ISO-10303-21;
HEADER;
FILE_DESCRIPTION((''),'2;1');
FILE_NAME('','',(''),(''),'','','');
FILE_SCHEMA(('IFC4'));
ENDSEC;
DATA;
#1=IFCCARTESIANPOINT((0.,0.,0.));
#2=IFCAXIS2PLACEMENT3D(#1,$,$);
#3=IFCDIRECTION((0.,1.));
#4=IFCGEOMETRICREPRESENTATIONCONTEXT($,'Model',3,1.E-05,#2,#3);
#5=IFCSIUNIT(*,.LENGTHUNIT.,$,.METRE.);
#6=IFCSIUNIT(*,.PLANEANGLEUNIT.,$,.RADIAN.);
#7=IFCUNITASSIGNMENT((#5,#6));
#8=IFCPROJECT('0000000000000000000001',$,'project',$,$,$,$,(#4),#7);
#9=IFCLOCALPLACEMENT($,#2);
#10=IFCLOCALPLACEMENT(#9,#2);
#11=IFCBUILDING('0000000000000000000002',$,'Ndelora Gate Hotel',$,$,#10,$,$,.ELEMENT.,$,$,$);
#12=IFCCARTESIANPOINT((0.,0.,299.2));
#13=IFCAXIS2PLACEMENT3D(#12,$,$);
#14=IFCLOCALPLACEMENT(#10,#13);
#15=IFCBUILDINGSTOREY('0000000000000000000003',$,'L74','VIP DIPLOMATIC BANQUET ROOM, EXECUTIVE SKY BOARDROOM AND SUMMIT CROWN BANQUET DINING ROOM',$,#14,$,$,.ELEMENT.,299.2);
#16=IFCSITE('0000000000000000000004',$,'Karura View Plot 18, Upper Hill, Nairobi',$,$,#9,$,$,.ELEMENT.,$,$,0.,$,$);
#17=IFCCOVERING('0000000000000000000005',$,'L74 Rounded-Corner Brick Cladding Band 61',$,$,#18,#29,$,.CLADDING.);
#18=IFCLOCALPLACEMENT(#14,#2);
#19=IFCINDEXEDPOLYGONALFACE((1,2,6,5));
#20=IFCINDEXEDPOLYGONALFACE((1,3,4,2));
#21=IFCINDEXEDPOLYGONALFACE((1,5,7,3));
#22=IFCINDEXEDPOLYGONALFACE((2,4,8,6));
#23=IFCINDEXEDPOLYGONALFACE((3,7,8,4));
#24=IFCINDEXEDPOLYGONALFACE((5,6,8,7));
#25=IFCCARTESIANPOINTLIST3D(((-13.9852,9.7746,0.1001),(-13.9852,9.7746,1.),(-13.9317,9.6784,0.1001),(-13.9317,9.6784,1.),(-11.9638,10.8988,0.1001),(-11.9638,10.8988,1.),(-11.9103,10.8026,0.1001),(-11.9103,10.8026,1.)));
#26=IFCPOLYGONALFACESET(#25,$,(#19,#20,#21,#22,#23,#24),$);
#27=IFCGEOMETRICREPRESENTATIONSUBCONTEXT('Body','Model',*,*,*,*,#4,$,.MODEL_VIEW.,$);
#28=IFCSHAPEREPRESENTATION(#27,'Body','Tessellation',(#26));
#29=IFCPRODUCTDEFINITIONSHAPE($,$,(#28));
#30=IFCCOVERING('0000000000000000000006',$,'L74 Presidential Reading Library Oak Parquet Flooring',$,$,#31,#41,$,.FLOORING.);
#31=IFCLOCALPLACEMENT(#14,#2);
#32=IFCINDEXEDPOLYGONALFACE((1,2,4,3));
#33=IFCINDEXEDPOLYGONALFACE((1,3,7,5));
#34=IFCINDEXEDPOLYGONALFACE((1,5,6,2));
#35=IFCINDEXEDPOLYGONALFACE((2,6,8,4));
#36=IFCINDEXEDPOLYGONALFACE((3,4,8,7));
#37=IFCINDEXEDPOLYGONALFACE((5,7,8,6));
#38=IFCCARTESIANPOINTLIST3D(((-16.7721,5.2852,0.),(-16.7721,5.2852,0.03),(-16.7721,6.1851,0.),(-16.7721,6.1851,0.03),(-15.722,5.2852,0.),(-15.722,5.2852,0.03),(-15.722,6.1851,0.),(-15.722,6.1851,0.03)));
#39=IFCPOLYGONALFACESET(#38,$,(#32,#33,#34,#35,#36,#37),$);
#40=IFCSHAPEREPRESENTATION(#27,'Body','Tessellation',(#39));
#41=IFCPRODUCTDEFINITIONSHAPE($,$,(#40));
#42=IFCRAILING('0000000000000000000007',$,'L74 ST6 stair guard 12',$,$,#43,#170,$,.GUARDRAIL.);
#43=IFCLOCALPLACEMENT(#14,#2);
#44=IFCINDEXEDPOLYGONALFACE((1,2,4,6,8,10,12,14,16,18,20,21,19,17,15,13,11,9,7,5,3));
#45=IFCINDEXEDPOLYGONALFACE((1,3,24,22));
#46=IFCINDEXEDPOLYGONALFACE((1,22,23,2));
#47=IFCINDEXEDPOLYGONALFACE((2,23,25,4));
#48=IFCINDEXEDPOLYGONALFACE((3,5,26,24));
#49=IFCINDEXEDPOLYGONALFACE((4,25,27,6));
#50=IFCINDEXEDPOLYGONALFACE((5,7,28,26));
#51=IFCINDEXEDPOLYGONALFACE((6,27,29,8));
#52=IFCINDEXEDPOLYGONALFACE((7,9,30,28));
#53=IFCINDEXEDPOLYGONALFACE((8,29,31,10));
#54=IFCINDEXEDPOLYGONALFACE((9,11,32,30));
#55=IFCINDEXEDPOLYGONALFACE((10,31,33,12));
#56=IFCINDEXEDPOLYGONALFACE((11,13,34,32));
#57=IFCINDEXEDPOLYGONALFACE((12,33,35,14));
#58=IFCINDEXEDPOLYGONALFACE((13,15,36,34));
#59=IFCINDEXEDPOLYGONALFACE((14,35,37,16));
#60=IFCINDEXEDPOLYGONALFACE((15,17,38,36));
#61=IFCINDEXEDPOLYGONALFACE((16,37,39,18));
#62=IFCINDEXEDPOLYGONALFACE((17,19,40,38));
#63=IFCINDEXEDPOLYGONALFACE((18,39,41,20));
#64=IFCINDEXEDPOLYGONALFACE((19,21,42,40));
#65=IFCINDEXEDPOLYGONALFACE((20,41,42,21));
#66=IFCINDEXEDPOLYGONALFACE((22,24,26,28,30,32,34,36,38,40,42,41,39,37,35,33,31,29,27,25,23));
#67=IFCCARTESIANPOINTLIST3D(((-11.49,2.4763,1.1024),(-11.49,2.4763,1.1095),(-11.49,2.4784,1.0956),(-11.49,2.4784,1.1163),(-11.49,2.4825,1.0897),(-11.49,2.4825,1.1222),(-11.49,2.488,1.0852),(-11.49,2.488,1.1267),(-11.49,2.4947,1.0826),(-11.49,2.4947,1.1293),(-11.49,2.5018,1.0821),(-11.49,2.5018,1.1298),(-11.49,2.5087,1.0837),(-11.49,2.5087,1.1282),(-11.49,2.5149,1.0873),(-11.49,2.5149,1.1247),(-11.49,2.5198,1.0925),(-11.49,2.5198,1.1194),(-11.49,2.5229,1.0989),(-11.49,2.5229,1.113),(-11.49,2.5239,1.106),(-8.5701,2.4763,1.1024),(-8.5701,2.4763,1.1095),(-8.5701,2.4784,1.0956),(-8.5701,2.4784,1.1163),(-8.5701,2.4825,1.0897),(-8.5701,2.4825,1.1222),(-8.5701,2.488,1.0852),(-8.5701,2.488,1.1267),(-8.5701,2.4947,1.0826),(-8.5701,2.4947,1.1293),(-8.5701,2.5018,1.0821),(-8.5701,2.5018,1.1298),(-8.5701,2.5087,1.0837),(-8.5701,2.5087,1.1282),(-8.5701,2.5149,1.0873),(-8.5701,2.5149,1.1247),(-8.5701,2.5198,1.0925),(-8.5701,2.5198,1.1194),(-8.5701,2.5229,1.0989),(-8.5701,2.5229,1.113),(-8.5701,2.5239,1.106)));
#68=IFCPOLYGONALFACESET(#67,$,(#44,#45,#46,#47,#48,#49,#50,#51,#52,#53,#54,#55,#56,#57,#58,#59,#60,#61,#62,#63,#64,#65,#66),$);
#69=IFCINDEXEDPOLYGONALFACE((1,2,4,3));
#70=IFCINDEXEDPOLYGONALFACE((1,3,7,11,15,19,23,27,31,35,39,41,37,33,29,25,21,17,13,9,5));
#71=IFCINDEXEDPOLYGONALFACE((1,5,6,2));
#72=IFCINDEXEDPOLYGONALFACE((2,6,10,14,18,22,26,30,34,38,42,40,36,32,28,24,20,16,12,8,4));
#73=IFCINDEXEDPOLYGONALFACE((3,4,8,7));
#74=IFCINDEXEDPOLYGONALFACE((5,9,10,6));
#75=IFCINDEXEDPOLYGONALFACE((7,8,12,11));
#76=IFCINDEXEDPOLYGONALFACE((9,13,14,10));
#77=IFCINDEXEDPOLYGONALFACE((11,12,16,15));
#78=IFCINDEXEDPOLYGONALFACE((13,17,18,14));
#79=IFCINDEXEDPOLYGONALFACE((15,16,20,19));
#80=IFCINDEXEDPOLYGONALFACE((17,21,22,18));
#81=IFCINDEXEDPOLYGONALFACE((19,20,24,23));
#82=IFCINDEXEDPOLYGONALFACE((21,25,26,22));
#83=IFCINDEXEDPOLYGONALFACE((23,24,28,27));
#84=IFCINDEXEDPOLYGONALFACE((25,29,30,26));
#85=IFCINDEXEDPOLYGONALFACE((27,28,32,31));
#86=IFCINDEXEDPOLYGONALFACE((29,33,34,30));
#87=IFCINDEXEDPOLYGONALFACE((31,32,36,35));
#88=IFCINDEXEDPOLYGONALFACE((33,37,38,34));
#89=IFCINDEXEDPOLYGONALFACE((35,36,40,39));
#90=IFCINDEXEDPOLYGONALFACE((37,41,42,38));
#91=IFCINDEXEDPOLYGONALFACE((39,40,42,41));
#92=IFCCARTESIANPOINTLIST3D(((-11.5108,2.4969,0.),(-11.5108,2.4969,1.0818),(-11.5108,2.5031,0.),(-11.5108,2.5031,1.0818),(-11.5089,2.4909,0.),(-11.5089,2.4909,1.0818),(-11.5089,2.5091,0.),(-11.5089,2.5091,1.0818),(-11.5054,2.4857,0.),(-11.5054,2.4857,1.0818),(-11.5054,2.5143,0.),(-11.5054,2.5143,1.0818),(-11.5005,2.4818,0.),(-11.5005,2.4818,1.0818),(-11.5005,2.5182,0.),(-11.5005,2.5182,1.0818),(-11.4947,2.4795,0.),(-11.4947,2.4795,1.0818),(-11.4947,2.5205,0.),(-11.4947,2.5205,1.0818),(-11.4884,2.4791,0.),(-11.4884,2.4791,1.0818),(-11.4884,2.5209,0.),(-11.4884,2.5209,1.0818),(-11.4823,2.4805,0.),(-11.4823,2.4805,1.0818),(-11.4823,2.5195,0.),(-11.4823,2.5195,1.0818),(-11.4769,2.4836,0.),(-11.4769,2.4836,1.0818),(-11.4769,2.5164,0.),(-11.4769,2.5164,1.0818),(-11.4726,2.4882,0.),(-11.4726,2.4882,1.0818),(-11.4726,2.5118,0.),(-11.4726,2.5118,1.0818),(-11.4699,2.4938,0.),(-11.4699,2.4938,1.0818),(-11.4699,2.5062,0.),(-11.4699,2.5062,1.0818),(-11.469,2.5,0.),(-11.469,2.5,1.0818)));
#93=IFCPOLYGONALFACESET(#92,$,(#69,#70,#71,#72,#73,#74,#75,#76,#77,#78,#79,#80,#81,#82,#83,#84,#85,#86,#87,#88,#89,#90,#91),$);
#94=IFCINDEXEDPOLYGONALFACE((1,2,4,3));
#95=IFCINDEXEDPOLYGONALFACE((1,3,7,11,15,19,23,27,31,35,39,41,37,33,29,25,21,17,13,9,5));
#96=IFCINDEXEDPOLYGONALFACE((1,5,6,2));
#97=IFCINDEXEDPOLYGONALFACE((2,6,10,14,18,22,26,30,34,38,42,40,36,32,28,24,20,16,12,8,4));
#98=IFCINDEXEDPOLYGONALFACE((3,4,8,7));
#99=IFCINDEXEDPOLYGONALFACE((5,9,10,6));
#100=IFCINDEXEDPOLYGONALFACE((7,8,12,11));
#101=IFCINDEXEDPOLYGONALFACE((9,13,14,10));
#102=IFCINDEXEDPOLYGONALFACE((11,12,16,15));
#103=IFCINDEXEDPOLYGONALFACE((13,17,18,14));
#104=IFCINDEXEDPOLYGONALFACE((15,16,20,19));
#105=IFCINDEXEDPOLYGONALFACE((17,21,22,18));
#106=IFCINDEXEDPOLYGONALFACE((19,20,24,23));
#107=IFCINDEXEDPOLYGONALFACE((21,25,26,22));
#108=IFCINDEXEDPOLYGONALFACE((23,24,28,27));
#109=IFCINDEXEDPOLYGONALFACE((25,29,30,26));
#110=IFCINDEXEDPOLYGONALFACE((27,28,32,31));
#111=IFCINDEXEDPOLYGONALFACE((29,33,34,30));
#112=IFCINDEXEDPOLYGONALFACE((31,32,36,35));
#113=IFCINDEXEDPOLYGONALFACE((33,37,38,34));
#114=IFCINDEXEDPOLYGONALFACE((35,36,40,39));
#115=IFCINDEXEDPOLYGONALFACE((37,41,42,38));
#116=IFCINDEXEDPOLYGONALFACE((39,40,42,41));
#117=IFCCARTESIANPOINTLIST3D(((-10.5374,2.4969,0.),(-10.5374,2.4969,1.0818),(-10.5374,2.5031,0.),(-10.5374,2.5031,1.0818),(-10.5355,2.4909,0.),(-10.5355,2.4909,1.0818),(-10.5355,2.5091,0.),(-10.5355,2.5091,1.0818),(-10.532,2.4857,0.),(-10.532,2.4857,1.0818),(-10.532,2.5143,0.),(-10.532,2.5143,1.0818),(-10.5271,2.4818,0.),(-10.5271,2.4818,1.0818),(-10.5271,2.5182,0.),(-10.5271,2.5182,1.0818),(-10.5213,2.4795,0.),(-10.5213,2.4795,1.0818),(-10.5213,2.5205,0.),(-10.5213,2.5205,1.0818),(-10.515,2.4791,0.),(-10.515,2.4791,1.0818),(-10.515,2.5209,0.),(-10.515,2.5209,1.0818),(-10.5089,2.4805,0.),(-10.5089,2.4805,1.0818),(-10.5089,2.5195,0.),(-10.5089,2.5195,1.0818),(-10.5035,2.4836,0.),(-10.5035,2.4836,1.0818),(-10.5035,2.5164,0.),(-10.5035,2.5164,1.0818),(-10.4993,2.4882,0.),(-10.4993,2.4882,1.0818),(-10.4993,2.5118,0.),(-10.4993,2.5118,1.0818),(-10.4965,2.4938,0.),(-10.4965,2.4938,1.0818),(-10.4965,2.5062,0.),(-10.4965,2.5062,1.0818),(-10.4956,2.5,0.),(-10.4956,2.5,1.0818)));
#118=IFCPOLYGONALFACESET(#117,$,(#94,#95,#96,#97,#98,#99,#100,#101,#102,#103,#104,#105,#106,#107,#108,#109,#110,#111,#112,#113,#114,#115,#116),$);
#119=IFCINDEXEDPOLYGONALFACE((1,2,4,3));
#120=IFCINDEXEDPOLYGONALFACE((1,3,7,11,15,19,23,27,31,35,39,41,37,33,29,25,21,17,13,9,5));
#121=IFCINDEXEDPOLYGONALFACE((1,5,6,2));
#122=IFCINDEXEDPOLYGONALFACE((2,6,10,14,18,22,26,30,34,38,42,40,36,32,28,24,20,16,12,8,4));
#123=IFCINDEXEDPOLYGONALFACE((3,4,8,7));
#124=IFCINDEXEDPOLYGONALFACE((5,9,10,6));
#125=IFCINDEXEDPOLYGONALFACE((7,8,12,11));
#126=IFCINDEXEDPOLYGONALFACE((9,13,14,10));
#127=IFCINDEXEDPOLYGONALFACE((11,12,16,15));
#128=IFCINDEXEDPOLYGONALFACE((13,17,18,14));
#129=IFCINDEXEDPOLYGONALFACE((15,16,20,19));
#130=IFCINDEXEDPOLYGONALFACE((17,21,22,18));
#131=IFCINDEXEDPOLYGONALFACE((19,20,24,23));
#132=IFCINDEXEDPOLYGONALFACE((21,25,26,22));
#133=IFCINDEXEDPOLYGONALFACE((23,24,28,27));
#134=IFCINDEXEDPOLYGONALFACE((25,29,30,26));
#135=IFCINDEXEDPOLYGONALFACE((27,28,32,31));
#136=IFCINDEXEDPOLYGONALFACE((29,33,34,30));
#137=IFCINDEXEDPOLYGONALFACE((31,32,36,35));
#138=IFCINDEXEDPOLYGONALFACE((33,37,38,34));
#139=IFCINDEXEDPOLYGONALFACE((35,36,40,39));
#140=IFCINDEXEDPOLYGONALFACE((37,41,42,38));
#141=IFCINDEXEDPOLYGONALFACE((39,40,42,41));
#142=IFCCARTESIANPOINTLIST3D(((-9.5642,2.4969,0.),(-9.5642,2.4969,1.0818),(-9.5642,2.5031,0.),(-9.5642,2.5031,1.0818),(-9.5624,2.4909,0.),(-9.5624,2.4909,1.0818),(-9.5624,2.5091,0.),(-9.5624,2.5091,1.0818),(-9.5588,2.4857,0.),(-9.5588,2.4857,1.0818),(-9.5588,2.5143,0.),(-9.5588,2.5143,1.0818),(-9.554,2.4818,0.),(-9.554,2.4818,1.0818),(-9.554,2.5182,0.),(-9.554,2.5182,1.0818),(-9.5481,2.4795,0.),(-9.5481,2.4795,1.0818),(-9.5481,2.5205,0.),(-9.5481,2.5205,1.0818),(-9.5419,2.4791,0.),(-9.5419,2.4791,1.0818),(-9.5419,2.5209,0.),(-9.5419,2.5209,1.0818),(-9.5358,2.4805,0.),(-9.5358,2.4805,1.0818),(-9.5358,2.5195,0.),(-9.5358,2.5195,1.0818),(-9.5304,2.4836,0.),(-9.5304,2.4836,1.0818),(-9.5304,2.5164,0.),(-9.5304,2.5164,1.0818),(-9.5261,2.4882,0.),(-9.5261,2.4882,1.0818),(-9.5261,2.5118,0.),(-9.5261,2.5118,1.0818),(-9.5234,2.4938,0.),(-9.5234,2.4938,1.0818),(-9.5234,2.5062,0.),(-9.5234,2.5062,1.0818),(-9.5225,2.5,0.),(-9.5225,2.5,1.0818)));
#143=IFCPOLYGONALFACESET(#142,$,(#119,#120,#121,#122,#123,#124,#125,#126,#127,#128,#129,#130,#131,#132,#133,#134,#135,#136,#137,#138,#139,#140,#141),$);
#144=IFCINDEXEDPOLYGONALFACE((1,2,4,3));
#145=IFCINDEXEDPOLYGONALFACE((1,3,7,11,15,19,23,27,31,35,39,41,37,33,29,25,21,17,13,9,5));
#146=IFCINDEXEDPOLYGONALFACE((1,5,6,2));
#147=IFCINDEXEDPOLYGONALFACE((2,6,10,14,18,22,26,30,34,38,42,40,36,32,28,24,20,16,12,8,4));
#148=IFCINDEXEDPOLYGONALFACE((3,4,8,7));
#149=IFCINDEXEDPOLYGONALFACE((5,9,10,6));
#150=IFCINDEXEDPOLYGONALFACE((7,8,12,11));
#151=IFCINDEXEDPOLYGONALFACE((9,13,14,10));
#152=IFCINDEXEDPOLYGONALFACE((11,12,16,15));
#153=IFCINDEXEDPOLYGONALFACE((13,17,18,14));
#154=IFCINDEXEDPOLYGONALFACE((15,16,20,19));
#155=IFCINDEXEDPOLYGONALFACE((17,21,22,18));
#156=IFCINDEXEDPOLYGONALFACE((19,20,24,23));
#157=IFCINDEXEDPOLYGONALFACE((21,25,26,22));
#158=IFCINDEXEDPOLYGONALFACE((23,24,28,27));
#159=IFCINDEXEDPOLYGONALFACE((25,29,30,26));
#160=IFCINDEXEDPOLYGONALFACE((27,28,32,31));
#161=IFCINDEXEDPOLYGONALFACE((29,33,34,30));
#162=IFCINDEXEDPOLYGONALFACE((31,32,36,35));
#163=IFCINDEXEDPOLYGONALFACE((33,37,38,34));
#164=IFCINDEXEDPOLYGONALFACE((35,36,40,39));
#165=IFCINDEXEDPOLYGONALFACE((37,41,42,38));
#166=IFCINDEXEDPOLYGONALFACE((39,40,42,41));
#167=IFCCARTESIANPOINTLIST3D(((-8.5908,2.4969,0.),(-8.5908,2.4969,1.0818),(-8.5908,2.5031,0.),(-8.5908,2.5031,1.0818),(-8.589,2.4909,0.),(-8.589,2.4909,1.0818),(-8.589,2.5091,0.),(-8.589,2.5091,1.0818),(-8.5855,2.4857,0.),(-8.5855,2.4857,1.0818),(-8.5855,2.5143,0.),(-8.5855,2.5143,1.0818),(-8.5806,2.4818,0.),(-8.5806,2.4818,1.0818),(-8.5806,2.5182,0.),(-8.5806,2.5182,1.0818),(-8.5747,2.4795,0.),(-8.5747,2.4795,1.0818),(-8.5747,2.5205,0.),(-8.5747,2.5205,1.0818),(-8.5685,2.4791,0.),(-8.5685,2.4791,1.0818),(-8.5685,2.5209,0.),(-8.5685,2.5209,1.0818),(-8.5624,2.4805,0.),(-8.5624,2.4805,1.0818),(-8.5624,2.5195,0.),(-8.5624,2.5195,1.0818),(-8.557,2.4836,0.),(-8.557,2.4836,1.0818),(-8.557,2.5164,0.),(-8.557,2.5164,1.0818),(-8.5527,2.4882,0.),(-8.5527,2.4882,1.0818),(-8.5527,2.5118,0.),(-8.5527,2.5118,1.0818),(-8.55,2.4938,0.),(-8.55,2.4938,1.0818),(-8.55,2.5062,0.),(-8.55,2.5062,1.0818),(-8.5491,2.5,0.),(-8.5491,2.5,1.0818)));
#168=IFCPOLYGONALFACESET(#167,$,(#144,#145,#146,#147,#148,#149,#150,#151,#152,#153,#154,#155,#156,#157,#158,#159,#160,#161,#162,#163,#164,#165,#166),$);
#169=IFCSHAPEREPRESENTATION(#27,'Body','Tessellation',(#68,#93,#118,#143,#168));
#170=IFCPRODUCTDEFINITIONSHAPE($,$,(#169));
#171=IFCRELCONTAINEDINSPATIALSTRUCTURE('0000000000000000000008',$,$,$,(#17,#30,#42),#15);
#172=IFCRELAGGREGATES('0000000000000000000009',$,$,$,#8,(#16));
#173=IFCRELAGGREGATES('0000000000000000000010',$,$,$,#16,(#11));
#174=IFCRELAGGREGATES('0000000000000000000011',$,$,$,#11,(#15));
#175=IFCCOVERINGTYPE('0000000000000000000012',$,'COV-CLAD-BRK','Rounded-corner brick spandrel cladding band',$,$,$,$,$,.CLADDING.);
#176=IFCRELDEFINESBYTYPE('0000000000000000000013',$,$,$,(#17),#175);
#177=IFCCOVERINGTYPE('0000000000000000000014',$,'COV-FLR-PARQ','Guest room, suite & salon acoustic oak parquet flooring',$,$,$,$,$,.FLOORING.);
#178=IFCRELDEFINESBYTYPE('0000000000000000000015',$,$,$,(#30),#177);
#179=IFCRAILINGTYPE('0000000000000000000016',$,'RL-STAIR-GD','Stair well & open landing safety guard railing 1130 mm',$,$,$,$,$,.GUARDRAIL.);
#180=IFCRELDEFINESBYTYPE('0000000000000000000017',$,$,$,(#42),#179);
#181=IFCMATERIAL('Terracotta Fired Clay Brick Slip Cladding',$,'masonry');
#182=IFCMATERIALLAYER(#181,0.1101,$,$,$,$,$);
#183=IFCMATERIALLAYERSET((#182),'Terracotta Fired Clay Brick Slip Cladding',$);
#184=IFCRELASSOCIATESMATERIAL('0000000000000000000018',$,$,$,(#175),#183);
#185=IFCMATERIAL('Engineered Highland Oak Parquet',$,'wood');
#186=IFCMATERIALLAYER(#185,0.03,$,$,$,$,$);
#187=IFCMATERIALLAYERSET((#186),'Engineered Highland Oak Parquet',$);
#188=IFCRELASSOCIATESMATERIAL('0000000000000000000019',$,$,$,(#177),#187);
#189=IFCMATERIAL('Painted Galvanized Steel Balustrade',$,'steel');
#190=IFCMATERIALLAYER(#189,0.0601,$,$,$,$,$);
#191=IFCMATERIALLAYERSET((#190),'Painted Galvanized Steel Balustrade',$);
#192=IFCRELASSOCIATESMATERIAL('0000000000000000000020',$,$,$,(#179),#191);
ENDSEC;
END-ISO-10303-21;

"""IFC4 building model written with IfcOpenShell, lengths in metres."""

from ifc_helpers import new_model, si_unit, direction, frame, origin, origin_2d, place, context, subcontext, project, spatial, rectangle, circle, extrude, material, layer, layer_set, type_object, element, save


model = new_model("IFC4")

# Units and contexts
model_context = context("Model", 3, precision=1e-05, world=origin(), true_north=direction((0.0, 1.0)))
body_context = subcontext(model_context, "Body", "Model", "MODEL_VIEW")
ifc_project = project(units=[si_unit("LENGTHUNIT", "METRE"), si_unit("PLANEANGLEUNIT", "RADIAN")], contexts=[model_context])

# Site, building, storey
site_placement = place(None, origin())
site = spatial("IfcSite", under=ifc_project, at=site_placement, Name="Karura View Plot 18, Upper Hill, Nairobi", CompositionType="ELEMENT", RefElevation=0.0)
building_placement = place(site_placement, origin())
building = spatial("IfcBuilding", under=site, at=building_placement, Name="Ndelora Gate Hotel", CompositionType="ELEMENT")
storey_placement = place(building_placement, frame((0.0, 0.0, 299.2)))
storey = spatial("IfcBuildingStorey", under=building, at=storey_placement, Name="L74", Description="VIP DIPLOMATIC BANQUET ROOM, EXECUTIVE SKY BOARDROOM AND SUMMIT CROWN BANQUET DINING ROOM", CompositionType="ELEMENT", Elevation=299.2)

# Coverings
ifc_material_1 = material(Name="Terracotta Fired Clay Brick Slip Cladding", Category="masonry")
ifc_layer_1 = layer(ifc_material_1, 0.1101)
ifc_layer_set_1 = layer_set([ifc_layer_1], Name="Terracotta Fired Clay Brick Slip Cladding")
covering_type_1 = type_object("IfcCoveringType", Name="COV-CLAD-BRK", Description="Rounded-corner brick spandrel cladding band", PredefinedType="CLADDING", material=ifc_layer_set_1)
covering_1_placement = place(storey_placement, frame((-12.9478, 10.2886, 0.1001), z_axis=(0.0, 0.0, 1.0), x_axis=(0.873942, 0.48603, 0.0)))
element("IfcCovering", 1, at=covering_1_placement, inside=storey, type_object=covering_type_1, Name="L74 Rounded-Corner Brick Cladding Band 61", PredefinedType="CLADDING", context=body_context, shape_type="SweptSolid", body=[
    extrude(rectangle(XDim=2.313, YDim=0.1101, at=origin_2d()), origin(), (0.0, 0.0, 1.0), 0.8999),
])
ifc_material_2 = material(Name="Engineered Highland Oak Parquet", Category="wood")
ifc_layer_2 = layer(ifc_material_2, 0.03)
ifc_layer_set_2 = layer_set([ifc_layer_2], Name="Engineered Highland Oak Parquet")
covering_type_2 = type_object("IfcCoveringType", Name="COV-FLR-PARQ", Description="Guest room, suite & salon acoustic oak parquet flooring", PredefinedType="FLOORING", material=ifc_layer_set_2)
covering_2_placement = place(storey_placement, frame((-16.2471, 5.7351, 0.0), z_axis=(0.0, 0.0, 1.0), x_axis=(1.0, 0.0, 0.0)))
element("IfcCovering", 2, at=covering_2_placement, inside=storey, type_object=covering_type_2, Name="L74 Presidential Reading Library Oak Parquet Flooring", PredefinedType="FLOORING", context=body_context, shape_type="SweptSolid", body=[
    extrude(rectangle(XDim=1.05, YDim=0.8999, at=origin_2d()), origin(), (0.0, 0.0, 1.0), 0.03),
])

# Railing
ifc_material_3 = material(Name="Painted Galvanized Steel Balustrade", Category="steel")
ifc_layer_3 = layer(ifc_material_3, 0.0601)
ifc_layer_set_3 = layer_set([ifc_layer_3], Name="Painted Galvanized Steel Balustrade")
railing_type = type_object("IfcRailingType", Name="RL-STAIR-GD", Description="Stair well & open landing safety guard railing 1130 mm", PredefinedType="GUARDRAIL", material=ifc_layer_set_3)
railing_placement = place(storey_placement, frame((-11.49, 2.5, 0.0)))
element("IfcRailing", 3, at=railing_placement, inside=storey, type_object=railing_type, Name="L74 ST6 stair guard 12", PredefinedType="GUARDRAIL", context=body_context, shape_type="SweptSolid", body=[
    extrude(circle(Radius=0.0239, at=origin_2d()), frame((0.0, 0.0, 1.106), z_axis=(1.0, 0.0, 0.0), x_axis=(0.0, 1.0, 0.0)), (0.0, 0.0, 1.0), 2.9199),
    extrude(circle(Radius=0.021, at=origin_2d()), origin(), (0.0, 0.0, 1.0), 1.0818),
    extrude(circle(Radius=0.021, at=origin_2d()), frame((0.9734, 0.0, 0.0)), (0.0, 0.0, 1.0), 1.0818),
    extrude(circle(Radius=0.021, at=origin_2d()), frame((1.9465, 0.0, 0.0)), (0.0, 0.0, 1.0), 1.0818),
    extrude(circle(Radius=0.021, at=origin_2d()), frame((2.9199, 0.0, 0.0)), (0.0, 0.0, 1.0), 1.0818),
])

save(model, "model.ifc")
